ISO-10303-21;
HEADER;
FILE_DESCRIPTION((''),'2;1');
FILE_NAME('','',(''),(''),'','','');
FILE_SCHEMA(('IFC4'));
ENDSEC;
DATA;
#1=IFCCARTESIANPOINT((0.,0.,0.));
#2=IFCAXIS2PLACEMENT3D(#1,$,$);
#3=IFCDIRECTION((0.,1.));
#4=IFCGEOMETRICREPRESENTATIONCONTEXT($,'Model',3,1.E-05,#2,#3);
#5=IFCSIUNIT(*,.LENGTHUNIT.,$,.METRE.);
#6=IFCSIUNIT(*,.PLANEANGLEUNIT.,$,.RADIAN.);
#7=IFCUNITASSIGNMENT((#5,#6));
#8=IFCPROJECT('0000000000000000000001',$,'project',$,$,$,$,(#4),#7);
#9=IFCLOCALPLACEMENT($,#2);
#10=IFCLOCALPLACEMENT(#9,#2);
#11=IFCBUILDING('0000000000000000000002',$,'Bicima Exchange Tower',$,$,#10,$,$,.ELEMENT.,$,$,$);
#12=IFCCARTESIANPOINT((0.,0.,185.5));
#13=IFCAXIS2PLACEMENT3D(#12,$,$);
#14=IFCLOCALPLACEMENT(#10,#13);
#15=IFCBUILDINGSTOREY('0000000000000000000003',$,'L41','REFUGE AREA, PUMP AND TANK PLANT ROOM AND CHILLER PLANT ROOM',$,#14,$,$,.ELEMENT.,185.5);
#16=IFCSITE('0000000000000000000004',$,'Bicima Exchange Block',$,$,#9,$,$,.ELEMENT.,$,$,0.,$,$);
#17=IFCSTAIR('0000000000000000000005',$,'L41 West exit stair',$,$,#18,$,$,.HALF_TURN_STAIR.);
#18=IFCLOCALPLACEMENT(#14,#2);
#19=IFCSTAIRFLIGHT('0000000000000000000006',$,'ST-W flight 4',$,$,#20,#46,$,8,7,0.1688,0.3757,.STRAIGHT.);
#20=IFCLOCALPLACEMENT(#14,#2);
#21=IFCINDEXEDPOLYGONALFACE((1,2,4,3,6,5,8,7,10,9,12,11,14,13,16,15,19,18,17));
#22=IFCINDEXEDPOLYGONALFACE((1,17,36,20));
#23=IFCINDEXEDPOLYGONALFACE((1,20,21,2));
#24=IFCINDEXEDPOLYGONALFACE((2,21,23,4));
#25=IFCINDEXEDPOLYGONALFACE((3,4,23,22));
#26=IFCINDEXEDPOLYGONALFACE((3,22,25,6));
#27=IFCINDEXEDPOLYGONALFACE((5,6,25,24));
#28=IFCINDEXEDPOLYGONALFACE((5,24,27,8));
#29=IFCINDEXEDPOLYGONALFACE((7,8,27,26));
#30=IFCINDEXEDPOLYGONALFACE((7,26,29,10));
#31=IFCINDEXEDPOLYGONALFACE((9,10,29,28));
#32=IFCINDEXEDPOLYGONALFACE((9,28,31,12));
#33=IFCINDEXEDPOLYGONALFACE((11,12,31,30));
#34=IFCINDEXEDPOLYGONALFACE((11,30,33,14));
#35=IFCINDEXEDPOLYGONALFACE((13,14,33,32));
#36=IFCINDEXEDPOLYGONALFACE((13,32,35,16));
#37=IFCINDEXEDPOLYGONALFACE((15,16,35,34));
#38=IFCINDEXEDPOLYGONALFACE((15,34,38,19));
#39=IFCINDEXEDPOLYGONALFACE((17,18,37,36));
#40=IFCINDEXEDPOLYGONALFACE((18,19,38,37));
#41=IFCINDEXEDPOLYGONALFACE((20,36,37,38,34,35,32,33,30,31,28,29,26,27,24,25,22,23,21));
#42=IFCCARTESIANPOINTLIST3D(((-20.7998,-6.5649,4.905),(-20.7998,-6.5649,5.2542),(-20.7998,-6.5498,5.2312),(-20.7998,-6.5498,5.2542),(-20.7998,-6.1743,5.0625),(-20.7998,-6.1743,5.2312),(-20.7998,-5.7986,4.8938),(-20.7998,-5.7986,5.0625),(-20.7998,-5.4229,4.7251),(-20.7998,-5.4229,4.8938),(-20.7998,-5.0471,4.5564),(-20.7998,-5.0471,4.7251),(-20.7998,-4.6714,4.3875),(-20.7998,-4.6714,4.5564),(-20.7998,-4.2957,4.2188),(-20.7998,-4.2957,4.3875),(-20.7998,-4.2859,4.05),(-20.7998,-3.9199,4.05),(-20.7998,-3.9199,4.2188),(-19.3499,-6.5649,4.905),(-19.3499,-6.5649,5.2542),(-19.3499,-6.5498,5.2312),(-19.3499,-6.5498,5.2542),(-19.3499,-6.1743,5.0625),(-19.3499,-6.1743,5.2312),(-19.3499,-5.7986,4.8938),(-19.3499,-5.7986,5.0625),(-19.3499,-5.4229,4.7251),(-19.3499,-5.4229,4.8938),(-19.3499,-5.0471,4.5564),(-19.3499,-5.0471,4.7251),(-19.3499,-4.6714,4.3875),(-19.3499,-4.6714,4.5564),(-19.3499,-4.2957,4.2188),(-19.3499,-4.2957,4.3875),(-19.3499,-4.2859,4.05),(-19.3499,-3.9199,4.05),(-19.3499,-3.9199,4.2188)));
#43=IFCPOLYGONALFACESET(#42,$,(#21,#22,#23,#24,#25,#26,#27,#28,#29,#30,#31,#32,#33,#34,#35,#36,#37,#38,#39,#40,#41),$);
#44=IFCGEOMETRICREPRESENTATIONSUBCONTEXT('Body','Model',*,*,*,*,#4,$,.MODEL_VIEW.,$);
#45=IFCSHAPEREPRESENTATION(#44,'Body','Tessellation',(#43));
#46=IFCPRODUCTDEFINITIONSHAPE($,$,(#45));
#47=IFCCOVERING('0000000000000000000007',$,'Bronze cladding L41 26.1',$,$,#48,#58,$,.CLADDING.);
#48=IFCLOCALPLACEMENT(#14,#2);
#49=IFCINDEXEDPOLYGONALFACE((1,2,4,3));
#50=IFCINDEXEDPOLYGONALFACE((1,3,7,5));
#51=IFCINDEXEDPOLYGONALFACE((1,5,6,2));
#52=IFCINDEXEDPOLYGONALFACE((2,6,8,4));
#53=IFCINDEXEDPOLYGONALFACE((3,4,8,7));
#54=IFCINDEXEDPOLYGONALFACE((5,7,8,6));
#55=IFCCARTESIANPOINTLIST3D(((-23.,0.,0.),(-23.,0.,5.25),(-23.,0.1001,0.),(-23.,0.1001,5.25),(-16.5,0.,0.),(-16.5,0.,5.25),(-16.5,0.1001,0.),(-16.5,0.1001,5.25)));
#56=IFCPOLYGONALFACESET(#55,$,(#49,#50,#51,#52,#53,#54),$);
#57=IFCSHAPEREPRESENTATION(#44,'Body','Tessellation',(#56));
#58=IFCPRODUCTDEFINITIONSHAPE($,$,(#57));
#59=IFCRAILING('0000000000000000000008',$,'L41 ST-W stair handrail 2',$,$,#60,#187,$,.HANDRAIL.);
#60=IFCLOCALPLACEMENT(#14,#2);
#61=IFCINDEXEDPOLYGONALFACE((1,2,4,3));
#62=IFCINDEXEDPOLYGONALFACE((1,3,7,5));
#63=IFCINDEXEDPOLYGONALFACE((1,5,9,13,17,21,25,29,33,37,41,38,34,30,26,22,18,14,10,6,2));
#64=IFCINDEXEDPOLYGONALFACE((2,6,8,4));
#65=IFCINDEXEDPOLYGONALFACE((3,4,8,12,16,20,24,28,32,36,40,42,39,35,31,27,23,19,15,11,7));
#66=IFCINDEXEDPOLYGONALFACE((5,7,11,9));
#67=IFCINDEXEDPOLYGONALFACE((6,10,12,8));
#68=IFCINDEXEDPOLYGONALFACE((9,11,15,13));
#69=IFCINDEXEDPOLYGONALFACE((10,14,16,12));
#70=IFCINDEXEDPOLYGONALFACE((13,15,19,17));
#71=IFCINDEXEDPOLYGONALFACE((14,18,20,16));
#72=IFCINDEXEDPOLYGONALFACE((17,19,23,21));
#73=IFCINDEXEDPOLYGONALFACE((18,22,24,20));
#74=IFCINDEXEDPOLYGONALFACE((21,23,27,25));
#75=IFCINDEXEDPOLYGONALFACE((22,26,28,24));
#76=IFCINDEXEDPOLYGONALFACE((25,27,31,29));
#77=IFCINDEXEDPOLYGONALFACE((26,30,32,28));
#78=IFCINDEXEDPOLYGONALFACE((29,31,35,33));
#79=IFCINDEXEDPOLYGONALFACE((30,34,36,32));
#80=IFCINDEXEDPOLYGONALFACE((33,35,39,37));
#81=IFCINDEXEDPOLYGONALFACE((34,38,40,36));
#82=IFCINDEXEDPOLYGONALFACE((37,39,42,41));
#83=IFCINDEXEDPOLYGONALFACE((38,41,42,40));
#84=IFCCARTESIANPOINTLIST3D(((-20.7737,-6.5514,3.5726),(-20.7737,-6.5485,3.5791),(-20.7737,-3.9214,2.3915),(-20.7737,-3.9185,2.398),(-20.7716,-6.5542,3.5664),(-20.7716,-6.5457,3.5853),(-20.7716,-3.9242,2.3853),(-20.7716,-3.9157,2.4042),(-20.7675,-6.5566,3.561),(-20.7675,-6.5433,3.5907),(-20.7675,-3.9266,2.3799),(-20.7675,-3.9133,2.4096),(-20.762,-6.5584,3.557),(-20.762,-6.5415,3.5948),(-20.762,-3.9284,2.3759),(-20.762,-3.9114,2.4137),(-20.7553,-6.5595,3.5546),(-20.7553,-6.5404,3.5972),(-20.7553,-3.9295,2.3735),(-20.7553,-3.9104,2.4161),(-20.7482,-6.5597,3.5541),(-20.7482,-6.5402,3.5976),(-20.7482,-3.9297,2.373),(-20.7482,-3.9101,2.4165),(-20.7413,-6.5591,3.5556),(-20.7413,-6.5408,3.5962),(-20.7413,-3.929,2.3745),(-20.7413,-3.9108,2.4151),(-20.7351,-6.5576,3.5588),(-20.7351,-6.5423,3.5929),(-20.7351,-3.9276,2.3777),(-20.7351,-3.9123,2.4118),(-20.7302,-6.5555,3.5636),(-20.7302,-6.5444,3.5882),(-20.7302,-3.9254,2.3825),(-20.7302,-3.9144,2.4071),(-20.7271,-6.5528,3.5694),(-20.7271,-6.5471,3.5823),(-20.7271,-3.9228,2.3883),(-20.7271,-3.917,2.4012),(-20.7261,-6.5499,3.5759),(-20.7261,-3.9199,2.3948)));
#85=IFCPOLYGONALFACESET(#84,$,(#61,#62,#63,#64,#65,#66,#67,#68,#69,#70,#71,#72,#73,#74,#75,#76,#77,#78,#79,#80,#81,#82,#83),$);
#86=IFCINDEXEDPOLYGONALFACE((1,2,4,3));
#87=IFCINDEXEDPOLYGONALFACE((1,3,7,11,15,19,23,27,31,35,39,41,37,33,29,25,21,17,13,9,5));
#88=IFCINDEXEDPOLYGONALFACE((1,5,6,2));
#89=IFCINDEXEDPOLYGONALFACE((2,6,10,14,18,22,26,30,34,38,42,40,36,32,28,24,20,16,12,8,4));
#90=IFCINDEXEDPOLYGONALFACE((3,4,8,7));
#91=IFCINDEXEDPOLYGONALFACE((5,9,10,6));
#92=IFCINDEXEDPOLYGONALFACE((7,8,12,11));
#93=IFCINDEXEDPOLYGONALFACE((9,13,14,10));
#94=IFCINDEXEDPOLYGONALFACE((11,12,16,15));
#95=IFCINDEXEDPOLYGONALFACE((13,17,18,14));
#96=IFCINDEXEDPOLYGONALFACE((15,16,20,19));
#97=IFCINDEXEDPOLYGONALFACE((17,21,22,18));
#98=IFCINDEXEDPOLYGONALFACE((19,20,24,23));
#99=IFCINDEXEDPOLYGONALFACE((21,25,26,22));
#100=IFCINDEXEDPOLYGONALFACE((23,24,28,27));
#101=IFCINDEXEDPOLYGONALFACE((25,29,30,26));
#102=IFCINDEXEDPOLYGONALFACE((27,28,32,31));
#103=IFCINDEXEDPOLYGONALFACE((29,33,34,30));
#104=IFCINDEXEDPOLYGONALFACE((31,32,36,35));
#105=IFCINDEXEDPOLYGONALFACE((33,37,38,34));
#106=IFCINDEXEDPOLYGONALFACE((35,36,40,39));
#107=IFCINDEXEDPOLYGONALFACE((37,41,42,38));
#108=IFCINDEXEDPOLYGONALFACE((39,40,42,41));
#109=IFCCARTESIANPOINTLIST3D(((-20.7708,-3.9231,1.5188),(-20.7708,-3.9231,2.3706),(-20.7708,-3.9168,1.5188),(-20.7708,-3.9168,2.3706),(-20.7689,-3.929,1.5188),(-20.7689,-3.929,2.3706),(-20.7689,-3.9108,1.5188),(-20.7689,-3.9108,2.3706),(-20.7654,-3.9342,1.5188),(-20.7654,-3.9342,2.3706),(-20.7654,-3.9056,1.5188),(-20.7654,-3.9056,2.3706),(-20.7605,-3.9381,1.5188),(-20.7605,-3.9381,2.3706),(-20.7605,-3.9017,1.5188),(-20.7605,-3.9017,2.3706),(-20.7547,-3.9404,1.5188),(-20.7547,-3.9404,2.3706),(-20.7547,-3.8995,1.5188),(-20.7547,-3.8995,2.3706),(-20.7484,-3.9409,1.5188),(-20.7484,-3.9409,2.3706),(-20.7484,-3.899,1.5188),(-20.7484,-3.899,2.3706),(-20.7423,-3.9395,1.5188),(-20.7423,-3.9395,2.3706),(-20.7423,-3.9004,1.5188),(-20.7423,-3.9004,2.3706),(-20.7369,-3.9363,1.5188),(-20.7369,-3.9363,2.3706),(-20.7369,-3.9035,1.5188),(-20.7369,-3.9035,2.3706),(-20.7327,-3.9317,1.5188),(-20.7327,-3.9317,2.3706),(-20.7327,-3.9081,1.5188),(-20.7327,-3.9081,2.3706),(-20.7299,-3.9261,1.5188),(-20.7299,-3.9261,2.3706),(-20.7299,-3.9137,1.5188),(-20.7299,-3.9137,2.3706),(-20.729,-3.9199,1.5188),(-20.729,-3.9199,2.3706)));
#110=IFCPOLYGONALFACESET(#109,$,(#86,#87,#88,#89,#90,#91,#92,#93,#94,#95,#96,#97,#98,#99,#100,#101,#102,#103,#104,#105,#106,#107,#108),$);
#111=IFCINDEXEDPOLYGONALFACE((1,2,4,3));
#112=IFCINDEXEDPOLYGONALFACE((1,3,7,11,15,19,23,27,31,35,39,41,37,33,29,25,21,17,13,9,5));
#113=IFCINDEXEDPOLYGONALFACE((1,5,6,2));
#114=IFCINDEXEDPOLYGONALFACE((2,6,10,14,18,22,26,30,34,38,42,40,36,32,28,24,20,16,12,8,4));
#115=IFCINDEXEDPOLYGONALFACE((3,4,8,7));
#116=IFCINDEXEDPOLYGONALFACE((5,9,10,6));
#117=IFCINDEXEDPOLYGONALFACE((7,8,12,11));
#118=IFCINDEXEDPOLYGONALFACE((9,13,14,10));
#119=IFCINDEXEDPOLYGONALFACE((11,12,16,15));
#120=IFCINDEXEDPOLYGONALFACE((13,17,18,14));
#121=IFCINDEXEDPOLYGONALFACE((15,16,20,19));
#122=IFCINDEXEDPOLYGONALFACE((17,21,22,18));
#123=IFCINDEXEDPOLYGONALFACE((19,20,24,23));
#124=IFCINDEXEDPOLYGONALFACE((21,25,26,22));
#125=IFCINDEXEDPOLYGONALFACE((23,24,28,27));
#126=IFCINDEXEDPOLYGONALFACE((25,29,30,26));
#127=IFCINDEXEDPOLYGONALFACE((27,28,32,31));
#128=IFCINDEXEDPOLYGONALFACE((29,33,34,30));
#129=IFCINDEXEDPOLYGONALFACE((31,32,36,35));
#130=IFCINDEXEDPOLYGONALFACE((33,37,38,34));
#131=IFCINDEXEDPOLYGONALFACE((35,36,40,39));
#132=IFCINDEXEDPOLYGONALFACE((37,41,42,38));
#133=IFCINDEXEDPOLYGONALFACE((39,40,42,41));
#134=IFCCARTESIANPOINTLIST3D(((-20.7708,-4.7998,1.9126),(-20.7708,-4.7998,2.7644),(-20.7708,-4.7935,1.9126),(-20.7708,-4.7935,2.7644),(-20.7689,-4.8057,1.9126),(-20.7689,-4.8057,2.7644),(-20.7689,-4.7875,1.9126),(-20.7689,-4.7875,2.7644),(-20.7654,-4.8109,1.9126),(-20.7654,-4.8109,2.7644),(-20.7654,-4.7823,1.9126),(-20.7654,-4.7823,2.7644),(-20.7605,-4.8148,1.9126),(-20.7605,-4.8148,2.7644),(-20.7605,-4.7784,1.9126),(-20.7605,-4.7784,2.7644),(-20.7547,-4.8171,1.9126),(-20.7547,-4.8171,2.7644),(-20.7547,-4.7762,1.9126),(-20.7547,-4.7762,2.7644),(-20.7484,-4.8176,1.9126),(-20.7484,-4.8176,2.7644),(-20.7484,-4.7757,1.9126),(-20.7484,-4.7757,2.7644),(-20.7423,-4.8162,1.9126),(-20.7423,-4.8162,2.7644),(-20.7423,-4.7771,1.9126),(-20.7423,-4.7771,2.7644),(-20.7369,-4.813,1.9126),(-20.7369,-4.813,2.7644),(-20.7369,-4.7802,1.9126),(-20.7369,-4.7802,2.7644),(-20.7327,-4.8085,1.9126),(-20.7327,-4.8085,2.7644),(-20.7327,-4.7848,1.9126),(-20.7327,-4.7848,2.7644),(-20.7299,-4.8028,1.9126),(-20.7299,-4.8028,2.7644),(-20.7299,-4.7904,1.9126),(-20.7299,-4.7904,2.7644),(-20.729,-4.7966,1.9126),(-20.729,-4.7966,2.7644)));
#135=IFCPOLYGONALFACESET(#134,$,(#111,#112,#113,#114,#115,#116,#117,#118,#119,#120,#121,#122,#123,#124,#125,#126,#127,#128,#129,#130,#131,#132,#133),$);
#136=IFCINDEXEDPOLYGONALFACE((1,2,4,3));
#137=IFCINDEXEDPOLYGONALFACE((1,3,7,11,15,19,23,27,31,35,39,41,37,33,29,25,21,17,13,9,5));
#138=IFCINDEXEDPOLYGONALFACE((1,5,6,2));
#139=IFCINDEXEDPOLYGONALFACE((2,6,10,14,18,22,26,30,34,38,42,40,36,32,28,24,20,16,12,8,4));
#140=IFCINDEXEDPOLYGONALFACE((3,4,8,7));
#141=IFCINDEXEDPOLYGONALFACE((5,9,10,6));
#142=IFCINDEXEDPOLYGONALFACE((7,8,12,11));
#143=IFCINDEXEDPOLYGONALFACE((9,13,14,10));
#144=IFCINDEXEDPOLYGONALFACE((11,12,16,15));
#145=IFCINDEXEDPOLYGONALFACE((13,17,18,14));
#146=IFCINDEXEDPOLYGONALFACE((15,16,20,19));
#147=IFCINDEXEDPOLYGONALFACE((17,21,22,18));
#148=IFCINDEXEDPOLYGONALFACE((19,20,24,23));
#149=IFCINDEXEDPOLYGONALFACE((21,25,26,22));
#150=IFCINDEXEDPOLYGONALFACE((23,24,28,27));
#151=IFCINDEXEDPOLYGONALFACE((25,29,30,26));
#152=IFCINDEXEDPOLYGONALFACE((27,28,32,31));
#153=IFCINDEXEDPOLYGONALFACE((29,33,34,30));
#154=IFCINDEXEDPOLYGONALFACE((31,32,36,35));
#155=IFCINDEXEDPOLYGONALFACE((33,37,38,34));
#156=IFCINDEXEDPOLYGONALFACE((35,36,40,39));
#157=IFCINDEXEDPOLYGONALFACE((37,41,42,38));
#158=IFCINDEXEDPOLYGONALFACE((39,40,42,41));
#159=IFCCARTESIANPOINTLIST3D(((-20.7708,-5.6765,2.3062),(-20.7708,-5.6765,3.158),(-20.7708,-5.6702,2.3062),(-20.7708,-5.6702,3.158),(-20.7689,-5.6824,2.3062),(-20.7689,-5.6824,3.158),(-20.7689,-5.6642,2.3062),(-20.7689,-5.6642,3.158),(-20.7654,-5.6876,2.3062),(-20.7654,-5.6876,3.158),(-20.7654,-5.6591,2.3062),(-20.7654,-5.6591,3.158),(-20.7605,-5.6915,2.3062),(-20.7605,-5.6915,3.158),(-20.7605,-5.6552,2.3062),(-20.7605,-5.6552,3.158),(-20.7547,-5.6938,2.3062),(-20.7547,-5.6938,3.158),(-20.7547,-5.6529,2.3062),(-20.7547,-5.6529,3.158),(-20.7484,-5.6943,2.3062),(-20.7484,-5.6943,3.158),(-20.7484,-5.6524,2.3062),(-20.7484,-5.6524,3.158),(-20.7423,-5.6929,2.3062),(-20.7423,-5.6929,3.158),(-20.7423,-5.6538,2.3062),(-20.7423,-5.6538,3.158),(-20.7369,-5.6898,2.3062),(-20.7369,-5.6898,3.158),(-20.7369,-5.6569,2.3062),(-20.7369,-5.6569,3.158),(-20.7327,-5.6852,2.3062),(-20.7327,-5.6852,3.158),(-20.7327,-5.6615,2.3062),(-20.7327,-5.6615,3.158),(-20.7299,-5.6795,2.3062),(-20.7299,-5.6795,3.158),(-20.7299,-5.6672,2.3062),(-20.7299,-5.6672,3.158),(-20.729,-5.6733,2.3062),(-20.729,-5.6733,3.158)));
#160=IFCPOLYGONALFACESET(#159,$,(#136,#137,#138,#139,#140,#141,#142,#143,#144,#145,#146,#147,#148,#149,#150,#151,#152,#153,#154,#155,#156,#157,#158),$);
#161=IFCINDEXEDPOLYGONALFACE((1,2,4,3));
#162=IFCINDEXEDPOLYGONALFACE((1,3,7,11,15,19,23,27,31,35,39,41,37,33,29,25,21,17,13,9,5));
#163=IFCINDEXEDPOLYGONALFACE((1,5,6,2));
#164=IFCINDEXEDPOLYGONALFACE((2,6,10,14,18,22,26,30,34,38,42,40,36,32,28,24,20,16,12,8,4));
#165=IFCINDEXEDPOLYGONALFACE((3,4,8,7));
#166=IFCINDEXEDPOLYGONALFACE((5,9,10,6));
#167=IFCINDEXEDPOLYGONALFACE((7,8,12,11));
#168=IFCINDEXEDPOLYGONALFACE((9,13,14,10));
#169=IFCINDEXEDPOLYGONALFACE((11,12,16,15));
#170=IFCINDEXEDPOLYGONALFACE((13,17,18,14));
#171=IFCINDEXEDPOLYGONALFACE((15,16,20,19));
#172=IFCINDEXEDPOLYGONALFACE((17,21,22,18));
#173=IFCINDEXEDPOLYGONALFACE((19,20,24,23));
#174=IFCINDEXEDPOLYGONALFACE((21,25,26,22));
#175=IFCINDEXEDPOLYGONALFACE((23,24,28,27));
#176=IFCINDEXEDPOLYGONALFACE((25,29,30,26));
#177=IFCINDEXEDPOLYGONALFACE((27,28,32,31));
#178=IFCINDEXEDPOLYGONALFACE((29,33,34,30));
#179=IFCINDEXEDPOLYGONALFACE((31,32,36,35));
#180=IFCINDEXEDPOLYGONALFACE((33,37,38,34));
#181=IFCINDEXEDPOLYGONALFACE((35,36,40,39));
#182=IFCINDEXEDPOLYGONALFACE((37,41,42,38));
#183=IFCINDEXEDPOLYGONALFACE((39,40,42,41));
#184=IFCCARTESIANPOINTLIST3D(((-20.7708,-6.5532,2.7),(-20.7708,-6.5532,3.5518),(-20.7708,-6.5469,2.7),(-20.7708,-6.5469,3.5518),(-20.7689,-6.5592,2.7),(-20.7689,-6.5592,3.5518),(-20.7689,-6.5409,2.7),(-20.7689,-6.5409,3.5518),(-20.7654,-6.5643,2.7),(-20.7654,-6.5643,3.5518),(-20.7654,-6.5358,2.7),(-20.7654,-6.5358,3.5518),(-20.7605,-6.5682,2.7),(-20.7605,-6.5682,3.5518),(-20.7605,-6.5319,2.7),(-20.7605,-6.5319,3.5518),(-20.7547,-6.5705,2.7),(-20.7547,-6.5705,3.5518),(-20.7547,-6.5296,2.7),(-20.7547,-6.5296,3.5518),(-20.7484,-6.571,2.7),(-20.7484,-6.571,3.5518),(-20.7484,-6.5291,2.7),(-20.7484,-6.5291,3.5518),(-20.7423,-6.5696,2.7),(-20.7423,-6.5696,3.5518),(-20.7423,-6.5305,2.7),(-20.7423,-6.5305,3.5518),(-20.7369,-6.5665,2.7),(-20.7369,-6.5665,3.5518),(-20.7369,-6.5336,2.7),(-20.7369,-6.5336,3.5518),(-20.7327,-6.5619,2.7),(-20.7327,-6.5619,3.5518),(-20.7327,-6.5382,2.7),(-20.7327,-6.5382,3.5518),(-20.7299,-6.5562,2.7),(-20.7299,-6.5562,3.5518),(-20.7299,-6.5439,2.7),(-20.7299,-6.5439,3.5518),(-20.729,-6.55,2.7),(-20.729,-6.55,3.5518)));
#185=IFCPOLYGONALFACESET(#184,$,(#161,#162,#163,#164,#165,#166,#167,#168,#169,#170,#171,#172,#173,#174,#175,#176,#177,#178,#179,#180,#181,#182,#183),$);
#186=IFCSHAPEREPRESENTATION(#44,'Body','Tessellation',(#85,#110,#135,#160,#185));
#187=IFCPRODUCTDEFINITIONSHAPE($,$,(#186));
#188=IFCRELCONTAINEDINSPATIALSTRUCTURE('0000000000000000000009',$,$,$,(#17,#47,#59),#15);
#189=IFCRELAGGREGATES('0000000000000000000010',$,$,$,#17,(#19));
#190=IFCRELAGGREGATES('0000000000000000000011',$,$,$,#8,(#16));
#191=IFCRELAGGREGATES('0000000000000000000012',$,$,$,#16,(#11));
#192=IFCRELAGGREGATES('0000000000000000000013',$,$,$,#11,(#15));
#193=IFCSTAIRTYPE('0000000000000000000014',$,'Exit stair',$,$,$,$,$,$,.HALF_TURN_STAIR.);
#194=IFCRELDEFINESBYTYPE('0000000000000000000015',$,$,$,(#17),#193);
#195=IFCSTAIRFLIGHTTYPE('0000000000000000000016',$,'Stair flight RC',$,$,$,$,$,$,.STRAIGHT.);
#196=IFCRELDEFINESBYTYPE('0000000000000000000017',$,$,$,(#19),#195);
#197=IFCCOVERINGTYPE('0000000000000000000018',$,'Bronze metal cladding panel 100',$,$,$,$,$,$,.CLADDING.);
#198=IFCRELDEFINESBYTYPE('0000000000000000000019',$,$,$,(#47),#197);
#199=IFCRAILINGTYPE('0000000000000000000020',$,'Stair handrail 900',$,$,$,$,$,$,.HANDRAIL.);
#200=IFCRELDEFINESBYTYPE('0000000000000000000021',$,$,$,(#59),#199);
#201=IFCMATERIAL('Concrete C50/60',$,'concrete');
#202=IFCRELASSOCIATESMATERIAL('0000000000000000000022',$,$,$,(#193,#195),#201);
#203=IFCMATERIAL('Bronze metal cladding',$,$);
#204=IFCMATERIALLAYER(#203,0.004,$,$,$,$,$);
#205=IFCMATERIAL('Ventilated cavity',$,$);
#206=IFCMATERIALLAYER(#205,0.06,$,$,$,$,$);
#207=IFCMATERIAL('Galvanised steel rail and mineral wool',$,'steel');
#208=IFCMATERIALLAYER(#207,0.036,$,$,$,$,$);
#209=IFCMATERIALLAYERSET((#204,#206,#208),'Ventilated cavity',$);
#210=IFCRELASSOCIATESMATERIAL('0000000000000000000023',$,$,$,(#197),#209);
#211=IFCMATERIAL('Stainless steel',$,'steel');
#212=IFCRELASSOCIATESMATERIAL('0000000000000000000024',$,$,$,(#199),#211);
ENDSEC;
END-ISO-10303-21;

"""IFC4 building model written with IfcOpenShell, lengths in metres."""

from ifc_helpers import new_model, si_unit, direction, frame, origin, origin_2d, place, context, subcontext, project, spatial, polyline, rectangle, circle, outline, extrude, material, layer, layer_set, type_object, element, aggregate, save


model = new_model("IFC4")

# Units and contexts
model_context = context("Model", 3, precision=1e-05, world=origin(), true_north=direction((0.0, 1.0)))
body_context = subcontext(model_context, "Body", "Model", "MODEL_VIEW")
ifc_project = project(units=[si_unit("LENGTHUNIT", "METRE"), si_unit("PLANEANGLEUNIT", "RADIAN")], contexts=[model_context])

# Site, building, storey
site_placement = place(None, origin())
site = spatial("IfcSite", under=ifc_project, at=site_placement, Name="Bicima Exchange Block", CompositionType="ELEMENT", RefElevation=0.0)
building_placement = place(site_placement, origin())
building = spatial("IfcBuilding", under=site, at=building_placement, Name="Bicima Exchange Tower", CompositionType="ELEMENT")
storey_placement = place(building_placement, frame((0.0, 0.0, 185.5)))
storey = spatial("IfcBuildingStorey", under=building, at=storey_placement, Name="L41", Description="REFUGE AREA, PUMP AND TANK PLANT ROOM AND CHILLER PLANT ROOM", CompositionType="ELEMENT", Elevation=185.5)

# Shared definitions
ifc_material_1 = material(Name="Concrete C50/60", Category="concrete")
ifc_material_2 = material(Name="Stainless steel", Category="steel")

# Stair, stair flight
stair_type = type_object("IfcStairType", Name="Exit stair", PredefinedType="HALF_TURN_STAIR", material=ifc_material_1)
stair_placement = place(storey_placement, origin())
stair = element("IfcStair", 1, at=stair_placement, inside=storey, type_object=stair_type, Name="L41 West exit stair", PredefinedType="HALF_TURN_STAIR")
stair_flight_type = type_object("IfcStairFlightType", Name="Stair flight RC", PredefinedType="STRAIGHT", material=ifc_material_1)
stair_flight_1_placement = place(storey_placement, frame((-20.075, -3.9199, 4.05), z_axis=(0.0, 0.0, 1.0), x_axis=(0.0, -1.0, 0.0)))
stair_flight_1 = element("IfcStairFlight", 2, at=stair_flight_1_placement, type_object=stair_flight_type, Name="ST-W flight 4", NumberOfRisers=8, NumberOfTreads=7, PredefinedType="STRAIGHT", RiserHeight=0.1688, TreadLength=0.3757, context=body_context, shape_type="SweptSolid", body=[
    extrude(outline(polyline([(0.0, 0.0), (0.0, 0.1687), (0.3757, 0.1687), (0.3757, 0.3374), (0.7515, 0.3374), (0.7515, 0.5063), (1.1272, 0.5063), (1.1272, 0.675), (1.5029, 0.675), (1.5029, 0.8438), (1.8787, 0.8438), (1.8787, 1.0125), (2.2544, 1.0125), (2.2544, 1.1812), (2.6299, 1.1812), (2.6299, 1.2041), (2.645, 1.2041), (2.645, 0.855), (0.366, 0.0), (0.0, 0.0)])), frame((0.0, 0.7251, 0.0), z_axis=(0.0, -1.0, 0.0), x_axis=(1.0, 0.0, 0.0)), (0.0, 0.0, 1.0), 1.45),
])
aggregate(stair, [stair_flight_1])

# Covering
ifc_material_3 = material(Name="Bronze metal cladding")
ifc_layer_1 = layer(ifc_material_3, 0.004)
ifc_material_4 = material(Name="Ventilated cavity")
ifc_layer_2 = layer(ifc_material_4, 0.06)
ifc_material_5 = material(Name="Galvanised steel rail and mineral wool", Category="steel")
ifc_layer_3 = layer(ifc_material_5, 0.036)
ifc_layer_set_1 = layer_set([ifc_layer_1, ifc_layer_2, ifc_layer_3], Name="Ventilated cavity")
covering_type = type_object("IfcCoveringType", Name="Bronze metal cladding panel 100", PredefinedType="CLADDING", material=ifc_layer_set_1)
covering_placement = place(storey_placement, frame((-19.75, 0.05, 0.0), z_axis=(0.0, 0.0, 1.0), x_axis=(-1.0, 0.0, 0.0)))
element("IfcCovering", 3, at=covering_placement, inside=storey, type_object=covering_type, Name="Bronze cladding L41 26.1", PredefinedType="CLADDING", context=body_context, shape_type="SweptSolid", body=[
    extrude(rectangle(XDim=6.5, YDim=0.1001, at=origin_2d()), origin(), (0.0, 0.0, 1.0), 5.25),
])

# Railing
railing_type = type_object("IfcRailingType", Name="Stair handrail 900", PredefinedType="HANDRAIL", material=ifc_material_2)
railing_1_placement = place(storey_placement, frame((-20.75, -3.9199, 1.5188)))
element("IfcRailing", 4, at=railing_1_placement, inside=storey, type_object=railing_type, Name="L41 ST-W stair handrail 2", PredefinedType="HANDRAIL", context=body_context, shape_type="SweptSolid", body=[
    extrude(circle(Radius=0.0239, at=origin_2d()), frame((0.0, 0.0, 0.876), z_axis=(0.0, -0.912233, 0.409671), x_axis=(1.0, 0.0, 0.0)), (0.0, 0.0, 1.0), 2.8831),
    extrude(circle(Radius=0.021, at=origin_2d()), origin(), (0.0, 0.0, 1.0), 0.8518),
    extrude(circle(Radius=0.021, at=origin_2d()), frame((0.0, -0.8767, 0.3938)), (0.0, 0.0, 1.0), 0.8518),
    extrude(circle(Radius=0.021, at=origin_2d()), frame((0.0, -1.7534, 0.7874)), (0.0, 0.0, 1.0), 0.8518),
    extrude(circle(Radius=0.021, at=origin_2d()), frame((0.0, -2.6301, 1.1812)), (0.0, 0.0, 1.0), 0.8518),
])

save(model, "model.ifc")
